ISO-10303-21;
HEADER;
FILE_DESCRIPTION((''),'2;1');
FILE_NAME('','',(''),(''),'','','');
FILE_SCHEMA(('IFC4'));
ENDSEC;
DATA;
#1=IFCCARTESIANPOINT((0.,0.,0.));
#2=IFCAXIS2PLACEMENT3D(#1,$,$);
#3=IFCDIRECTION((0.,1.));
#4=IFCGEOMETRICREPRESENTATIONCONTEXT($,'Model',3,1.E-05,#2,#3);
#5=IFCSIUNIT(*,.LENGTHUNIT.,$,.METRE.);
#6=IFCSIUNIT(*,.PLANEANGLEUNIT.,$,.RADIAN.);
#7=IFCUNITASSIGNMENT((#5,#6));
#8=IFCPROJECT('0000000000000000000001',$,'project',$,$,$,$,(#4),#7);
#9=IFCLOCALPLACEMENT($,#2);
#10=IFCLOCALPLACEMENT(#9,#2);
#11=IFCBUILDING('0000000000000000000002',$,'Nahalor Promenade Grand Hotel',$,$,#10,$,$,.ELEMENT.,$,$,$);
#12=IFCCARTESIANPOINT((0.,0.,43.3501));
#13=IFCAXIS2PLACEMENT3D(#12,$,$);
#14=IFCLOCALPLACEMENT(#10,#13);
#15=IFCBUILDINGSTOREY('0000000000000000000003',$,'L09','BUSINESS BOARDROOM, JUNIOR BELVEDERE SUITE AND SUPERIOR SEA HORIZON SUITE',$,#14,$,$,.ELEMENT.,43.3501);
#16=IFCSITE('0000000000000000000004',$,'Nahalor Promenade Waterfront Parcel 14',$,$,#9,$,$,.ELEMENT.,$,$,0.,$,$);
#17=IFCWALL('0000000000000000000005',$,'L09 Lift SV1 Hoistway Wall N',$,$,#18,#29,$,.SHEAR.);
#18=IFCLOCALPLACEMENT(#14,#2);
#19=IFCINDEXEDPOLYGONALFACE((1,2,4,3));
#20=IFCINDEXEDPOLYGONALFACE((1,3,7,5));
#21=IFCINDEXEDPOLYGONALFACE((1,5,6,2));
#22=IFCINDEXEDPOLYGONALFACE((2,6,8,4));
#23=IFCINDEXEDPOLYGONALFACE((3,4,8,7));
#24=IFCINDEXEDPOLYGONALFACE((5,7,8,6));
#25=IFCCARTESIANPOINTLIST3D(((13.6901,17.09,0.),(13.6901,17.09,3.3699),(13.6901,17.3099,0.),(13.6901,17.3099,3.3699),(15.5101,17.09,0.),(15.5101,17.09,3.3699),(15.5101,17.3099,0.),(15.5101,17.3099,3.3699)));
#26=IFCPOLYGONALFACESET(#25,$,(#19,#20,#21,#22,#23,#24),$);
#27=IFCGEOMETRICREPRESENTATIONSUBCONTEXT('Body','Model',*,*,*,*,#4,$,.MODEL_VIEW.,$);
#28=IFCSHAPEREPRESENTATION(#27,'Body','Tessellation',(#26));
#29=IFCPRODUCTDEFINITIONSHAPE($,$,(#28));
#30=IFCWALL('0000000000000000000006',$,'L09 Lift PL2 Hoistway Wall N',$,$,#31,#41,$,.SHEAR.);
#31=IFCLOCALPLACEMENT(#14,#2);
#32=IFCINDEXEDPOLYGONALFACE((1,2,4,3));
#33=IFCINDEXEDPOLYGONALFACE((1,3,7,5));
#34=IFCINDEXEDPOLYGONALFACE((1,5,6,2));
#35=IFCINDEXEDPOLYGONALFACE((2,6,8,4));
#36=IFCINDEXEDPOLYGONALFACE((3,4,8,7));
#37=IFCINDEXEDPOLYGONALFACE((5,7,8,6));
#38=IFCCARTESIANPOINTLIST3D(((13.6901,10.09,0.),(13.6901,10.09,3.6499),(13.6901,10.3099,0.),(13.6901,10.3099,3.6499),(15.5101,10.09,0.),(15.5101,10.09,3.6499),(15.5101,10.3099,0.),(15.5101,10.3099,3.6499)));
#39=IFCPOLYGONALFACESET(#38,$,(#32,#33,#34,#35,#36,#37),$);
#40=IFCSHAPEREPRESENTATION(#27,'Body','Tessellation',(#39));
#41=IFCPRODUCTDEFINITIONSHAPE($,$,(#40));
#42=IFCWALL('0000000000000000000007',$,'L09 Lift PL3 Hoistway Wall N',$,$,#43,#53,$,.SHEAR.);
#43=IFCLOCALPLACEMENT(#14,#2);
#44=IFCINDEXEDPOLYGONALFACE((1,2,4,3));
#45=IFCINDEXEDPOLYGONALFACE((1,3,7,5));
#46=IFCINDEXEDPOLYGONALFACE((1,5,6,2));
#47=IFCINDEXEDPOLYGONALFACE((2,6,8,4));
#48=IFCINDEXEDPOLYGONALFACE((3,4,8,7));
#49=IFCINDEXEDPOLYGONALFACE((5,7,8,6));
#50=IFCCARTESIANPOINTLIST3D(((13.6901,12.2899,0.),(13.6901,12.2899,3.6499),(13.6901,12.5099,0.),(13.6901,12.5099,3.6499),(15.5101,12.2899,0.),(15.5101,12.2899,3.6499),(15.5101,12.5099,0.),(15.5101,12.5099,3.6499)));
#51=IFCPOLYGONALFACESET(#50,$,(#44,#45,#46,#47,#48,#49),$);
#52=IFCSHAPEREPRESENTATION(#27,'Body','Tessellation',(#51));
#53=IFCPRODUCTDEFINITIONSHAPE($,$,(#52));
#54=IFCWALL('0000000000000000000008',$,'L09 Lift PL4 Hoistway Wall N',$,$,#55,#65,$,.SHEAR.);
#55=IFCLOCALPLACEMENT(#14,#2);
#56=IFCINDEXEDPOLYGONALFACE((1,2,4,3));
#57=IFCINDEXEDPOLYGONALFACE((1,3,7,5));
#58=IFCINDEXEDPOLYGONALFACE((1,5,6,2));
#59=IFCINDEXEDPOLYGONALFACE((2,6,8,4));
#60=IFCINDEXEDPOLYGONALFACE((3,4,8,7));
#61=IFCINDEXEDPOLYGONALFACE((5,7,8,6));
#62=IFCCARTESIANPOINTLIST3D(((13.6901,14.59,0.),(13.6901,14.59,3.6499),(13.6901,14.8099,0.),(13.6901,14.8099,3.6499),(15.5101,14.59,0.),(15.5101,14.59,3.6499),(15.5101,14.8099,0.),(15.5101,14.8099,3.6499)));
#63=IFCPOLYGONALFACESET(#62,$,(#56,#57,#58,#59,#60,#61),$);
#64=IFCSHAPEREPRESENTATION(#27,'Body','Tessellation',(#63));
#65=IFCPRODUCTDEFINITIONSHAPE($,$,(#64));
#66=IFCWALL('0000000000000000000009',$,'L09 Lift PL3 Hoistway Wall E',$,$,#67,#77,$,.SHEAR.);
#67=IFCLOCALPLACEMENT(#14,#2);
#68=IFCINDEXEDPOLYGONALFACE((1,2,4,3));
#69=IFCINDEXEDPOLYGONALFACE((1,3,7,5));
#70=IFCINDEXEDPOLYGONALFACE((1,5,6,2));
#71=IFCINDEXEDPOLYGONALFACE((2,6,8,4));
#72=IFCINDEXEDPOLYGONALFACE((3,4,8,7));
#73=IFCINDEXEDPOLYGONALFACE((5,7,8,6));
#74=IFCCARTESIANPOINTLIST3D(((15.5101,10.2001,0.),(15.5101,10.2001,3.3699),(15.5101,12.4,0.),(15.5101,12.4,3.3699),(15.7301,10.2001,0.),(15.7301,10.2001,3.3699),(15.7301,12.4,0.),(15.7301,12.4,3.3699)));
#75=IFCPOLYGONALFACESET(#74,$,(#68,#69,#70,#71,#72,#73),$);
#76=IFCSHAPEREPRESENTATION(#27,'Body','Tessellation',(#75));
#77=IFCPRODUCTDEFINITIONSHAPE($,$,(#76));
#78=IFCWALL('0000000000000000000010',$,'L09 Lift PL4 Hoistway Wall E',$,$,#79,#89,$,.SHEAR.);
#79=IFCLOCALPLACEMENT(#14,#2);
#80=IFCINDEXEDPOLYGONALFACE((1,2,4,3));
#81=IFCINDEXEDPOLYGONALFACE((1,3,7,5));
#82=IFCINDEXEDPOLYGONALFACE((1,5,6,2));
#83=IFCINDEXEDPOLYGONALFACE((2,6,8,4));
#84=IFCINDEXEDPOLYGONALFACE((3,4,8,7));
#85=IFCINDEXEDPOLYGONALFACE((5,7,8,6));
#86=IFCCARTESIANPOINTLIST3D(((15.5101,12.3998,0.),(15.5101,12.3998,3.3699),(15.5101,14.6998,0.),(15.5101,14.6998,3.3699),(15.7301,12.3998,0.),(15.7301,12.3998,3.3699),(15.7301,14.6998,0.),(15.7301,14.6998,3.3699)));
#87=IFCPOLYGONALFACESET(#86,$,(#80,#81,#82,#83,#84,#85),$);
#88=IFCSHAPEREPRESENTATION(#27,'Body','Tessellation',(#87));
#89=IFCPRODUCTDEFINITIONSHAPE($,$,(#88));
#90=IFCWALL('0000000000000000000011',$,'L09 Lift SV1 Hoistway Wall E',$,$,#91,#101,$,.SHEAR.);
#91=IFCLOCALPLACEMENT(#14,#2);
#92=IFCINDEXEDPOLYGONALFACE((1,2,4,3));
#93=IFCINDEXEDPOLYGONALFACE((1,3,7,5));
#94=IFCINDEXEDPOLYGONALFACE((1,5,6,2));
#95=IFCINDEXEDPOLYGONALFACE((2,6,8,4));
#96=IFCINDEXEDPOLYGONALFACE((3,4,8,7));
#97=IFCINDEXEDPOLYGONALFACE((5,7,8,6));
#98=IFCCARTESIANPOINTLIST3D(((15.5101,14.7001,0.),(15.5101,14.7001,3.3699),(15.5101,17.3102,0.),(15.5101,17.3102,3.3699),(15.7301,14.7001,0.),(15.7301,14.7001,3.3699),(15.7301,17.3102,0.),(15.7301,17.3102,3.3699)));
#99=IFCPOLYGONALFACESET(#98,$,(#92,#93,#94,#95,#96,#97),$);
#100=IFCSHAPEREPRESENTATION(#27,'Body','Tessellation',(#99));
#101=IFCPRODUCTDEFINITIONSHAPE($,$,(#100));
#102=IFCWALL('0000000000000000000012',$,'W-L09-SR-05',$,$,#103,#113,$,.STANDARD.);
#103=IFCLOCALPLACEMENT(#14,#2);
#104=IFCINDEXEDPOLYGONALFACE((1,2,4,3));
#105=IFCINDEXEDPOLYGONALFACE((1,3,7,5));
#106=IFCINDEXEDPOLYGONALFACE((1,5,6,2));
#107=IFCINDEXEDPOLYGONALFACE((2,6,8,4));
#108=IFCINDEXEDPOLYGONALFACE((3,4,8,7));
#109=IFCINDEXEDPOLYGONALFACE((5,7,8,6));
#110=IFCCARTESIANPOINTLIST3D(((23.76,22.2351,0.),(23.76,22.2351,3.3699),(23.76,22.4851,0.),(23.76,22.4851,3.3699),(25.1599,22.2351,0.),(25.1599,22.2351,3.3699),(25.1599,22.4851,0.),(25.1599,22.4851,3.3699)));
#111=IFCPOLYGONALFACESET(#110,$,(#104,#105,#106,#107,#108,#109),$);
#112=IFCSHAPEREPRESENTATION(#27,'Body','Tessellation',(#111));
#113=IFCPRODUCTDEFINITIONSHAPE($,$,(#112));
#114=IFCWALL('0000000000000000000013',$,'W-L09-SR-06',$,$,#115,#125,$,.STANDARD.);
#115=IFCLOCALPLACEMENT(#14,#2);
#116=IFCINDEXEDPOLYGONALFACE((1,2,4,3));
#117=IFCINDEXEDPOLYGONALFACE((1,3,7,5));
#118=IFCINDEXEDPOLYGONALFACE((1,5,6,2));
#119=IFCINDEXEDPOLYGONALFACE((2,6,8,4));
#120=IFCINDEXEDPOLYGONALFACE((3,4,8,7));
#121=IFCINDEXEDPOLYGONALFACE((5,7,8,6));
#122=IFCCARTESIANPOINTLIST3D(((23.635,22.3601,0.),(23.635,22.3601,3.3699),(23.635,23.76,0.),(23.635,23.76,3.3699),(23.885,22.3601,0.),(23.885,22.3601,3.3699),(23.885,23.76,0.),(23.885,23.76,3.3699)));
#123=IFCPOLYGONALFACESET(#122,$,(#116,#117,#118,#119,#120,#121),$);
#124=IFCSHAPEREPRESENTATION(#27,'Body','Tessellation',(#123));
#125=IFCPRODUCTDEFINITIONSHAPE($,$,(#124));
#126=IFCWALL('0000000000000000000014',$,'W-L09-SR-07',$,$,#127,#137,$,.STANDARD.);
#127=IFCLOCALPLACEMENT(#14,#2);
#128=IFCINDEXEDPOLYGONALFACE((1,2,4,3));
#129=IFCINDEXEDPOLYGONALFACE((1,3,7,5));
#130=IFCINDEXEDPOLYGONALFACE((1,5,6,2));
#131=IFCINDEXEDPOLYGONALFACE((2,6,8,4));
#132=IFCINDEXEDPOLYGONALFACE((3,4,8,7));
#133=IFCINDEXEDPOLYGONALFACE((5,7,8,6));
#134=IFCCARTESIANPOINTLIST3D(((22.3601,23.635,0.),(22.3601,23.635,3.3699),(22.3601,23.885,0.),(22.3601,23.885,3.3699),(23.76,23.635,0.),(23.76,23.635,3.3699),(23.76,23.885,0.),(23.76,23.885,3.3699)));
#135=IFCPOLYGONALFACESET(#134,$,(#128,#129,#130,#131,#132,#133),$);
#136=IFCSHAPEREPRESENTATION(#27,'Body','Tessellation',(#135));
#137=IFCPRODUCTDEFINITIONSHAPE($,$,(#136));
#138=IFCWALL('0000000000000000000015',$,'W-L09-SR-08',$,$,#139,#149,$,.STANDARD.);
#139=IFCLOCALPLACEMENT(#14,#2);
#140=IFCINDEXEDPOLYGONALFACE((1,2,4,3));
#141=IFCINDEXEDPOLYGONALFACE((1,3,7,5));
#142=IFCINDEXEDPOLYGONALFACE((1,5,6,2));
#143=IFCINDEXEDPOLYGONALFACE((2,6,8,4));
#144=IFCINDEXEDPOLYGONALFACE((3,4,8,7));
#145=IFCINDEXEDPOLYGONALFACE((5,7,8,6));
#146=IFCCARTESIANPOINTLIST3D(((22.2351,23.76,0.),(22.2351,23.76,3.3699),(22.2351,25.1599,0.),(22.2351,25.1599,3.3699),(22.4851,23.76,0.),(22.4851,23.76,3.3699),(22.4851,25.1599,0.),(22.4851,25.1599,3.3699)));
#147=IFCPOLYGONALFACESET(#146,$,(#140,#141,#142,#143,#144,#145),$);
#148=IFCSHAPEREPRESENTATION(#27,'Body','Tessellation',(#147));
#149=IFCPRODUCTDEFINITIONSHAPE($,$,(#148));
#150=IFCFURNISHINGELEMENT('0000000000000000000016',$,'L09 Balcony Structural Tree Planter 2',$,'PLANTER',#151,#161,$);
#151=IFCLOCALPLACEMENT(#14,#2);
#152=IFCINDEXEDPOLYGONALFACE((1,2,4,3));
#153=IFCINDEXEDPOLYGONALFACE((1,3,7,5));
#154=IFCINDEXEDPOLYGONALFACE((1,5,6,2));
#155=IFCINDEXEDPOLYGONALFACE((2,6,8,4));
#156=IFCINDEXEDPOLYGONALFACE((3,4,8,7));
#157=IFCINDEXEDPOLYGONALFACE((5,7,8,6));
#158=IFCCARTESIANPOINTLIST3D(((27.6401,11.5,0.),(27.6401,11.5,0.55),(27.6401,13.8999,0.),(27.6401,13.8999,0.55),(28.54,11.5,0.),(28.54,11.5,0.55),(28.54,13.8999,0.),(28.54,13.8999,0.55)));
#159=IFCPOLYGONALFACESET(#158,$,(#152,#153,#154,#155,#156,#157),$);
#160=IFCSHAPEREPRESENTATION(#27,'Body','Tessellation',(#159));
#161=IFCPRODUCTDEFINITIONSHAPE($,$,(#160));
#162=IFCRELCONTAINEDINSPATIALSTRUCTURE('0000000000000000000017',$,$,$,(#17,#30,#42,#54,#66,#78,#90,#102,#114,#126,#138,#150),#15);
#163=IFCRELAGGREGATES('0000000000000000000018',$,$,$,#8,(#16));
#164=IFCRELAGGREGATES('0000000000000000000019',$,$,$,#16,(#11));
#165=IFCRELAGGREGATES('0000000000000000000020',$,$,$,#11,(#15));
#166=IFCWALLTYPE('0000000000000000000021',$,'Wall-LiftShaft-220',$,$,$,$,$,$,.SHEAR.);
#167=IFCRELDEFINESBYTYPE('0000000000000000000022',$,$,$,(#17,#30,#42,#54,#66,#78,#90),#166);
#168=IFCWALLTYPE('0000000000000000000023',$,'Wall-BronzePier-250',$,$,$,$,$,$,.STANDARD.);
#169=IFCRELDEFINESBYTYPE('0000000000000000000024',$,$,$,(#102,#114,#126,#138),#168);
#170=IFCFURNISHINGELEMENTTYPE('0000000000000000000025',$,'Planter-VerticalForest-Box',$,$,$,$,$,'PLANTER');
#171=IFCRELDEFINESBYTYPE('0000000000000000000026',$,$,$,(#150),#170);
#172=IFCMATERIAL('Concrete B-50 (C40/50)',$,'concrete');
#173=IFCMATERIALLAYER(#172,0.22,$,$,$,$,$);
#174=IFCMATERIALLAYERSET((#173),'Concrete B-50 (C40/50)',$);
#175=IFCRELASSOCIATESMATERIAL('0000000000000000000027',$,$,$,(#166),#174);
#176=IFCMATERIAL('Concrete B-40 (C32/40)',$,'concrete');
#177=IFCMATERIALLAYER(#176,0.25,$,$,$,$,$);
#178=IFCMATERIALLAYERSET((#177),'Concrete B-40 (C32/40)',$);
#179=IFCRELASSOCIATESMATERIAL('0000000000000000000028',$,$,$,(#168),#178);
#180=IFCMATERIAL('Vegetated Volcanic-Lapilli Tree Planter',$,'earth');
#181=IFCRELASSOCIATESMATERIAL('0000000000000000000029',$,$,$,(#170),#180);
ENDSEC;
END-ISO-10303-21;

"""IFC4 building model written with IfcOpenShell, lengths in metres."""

from ifc_helpers import new_model, si_unit, direction, frame, frame_2d, origin, origin_2d, place, context, subcontext, project, spatial, rectangle, extrude, source, transform, mapped, material, layer, layer_set, type_object, element, save


model = new_model("IFC4")

# Units and contexts
model_context = context("Model", 3, precision=1e-05, world=origin(), true_north=direction((0.0, 1.0)))
body_context = subcontext(model_context, "Body", "Model", "MODEL_VIEW")
ifc_project = project(units=[si_unit("LENGTHUNIT", "METRE"), si_unit("PLANEANGLEUNIT", "RADIAN")], contexts=[model_context])

# Site, building, storey
site_placement = place(None, origin())
site = spatial("IfcSite", under=ifc_project, at=site_placement, Name="Nahalor Promenade Waterfront Parcel 14", CompositionType="ELEMENT", RefElevation=0.0)
building_placement = place(site_placement, origin())
building = spatial("IfcBuilding", under=site, at=building_placement, Name="Nahalor Promenade Grand Hotel", CompositionType="ELEMENT")
storey_placement = place(building_placement, frame((0.0, 0.0, 43.3501)))
storey = spatial("IfcBuildingStorey", under=building, at=storey_placement, Name="L09", Description="BUSINESS BOARDROOM, JUNIOR BELVEDERE SUITE AND SUPERIOR SEA HORIZON SUITE", CompositionType="ELEMENT", Elevation=43.3501)

# Walls
ifc_material_1 = material(Name="Concrete B-50 (C40/50)", Category="concrete")
ifc_layer_1 = layer(ifc_material_1, 0.22)
ifc_layer_set_1 = layer_set([ifc_layer_1], Name="Concrete B-50 (C40/50)")
wall_type_1 = type_object("IfcWallType", Name="Wall-LiftShaft-220", PredefinedType="SHEAR", material=ifc_layer_set_1)
shared_shape_1 = source(origin(), body_context, "Body", "SweptSolid", [
    extrude(rectangle(XDim=1.8201, YDim=0.22, at=frame_2d((0.9102, 0.0))), origin(), (0.0, 0.0, 1.0), 3.3699),
])
wall_1_placement = place(storey_placement, frame((13.6899, 17.2, 0.0), z_axis=(0.0, 0.0, 1.0), x_axis=(1.0, 0.0, 0.0)))
element("IfcWall", 1, at=wall_1_placement, inside=storey, type_object=wall_type_1, Name="L09 Lift SV1 Hoistway Wall N", PredefinedType="SHEAR", context=body_context, shape_type="MappedRepresentation", body=[
    mapped(shared_shape_1, transform((0.0, 0.0, 0.0), scale=1.0)),
])
shared_shape_2 = source(origin(), body_context, "Body", "SweptSolid", [
    extrude(rectangle(XDim=1.8201, YDim=0.22, at=frame_2d((0.9102, 0.0))), origin(), (0.0, 0.0, 1.0), 3.6499),
])
for number, where, z_axis, x_axis, name in (
    (2, (13.6899, 10.2, 0.0), (0.0, 0.0, 1.0), (1.0, 0.0, 0.0), "L09 Lift PL2 Hoistway Wall N"),
    (3, (13.6899, 12.3999, 0.0), (0.0, 0.0, 1.0), (1.0, 0.0, 0.0), "L09 Lift PL3 Hoistway Wall N"),
    (4, (13.6899, 14.7, 0.0), (0.0, 0.0, 1.0), (1.0, 0.0, 0.0), "L09 Lift PL4 Hoistway Wall N"),
):
    element("IfcWall", number, at=place(storey_placement, frame(where, z_axis=z_axis, x_axis=x_axis)), inside=storey, type_object=wall_type_1, Name=name, PredefinedType="SHEAR", context=body_context, shape_type="MappedRepresentation", body=[
        mapped(shared_shape_2, transform((0.0, 0.0, 0.0), scale=1.0)),
    ])
shared_shape_3 = source(origin(), body_context, "Body", "SweptSolid", [
    extrude(rectangle(XDim=2.2, YDim=0.22, at=frame_2d((1.1001, 0.0))), origin(), (0.0, 0.0, 1.0), 3.3699),
])
wall_2_placement = place(storey_placement, frame((15.6201, 10.2, 0.0), z_axis=(0.0, 0.0, 1.0), x_axis=(0.0, 1.0, 0.0)))
element("IfcWall", 5, at=wall_2_placement, inside=storey, type_object=wall_type_1, Name="L09 Lift PL3 Hoistway Wall E", PredefinedType="SHEAR", context=body_context, shape_type="MappedRepresentation", body=[
    mapped(shared_shape_3, transform((0.0, 0.0, 0.0), scale=1.0)),
])
shared_shape_4 = source(origin(), body_context, "Body", "SweptSolid", [
    extrude(rectangle(XDim=2.3, YDim=0.22, at=frame_2d((1.1499, 0.0))), origin(), (0.0, 0.0, 1.0), 3.3699),
])
wall_3_placement = place(storey_placement, frame((15.6201, 12.3999, 0.0), z_axis=(0.0, 0.0, 1.0), x_axis=(0.0, 1.0, 0.0)))
element("IfcWall", 6, at=wall_3_placement, inside=storey, type_object=wall_type_1, Name="L09 Lift PL4 Hoistway Wall E", PredefinedType="SHEAR", context=body_context, shape_type="MappedRepresentation", body=[
    mapped(shared_shape_4, transform((0.0, 0.0, 0.0), scale=1.0)),
])
shared_shape_5 = source(origin(), body_context, "Body", "SweptSolid", [
    extrude(rectangle(XDim=2.6101, YDim=0.22, at=frame_2d((1.3052, 0.0))), origin(), (0.0, 0.0, 1.0), 3.3699),
])
wall_4_placement = place(storey_placement, frame((15.6201, 14.7, 0.0), z_axis=(0.0, 0.0, 1.0), x_axis=(0.0, 1.0, 0.0)))
element("IfcWall", 7, at=wall_4_placement, inside=storey, type_object=wall_type_1, Name="L09 Lift SV1 Hoistway Wall E", PredefinedType="SHEAR", context=body_context, shape_type="MappedRepresentation", body=[
    mapped(shared_shape_5, transform((0.0, 0.0, 0.0), scale=1.0)),
])
ifc_material_2 = material(Name="Concrete B-40 (C32/40)", Category="concrete")
ifc_layer_2 = layer(ifc_material_2, 0.25)
ifc_layer_set_2 = layer_set([ifc_layer_2], Name="Concrete B-40 (C32/40)")
wall_type_2 = type_object("IfcWallType", Name="Wall-BronzePier-250", PredefinedType="STANDARD", material=ifc_layer_set_2)
shared_shape_6 = source(origin(), body_context, "Body", "SweptSolid", [
    extrude(rectangle(XDim=1.3999, YDim=0.25, at=frame_2d((0.7, 0.0))), origin(), (0.0, 0.0, 1.0), 3.3699),
])
for number, where, z_axis, x_axis, name in (
    (8, (23.76, 22.3601, 0.0), (0.0, 0.0, 1.0), (1.0, 0.0, 0.0), "W-L09-SR-05"),
    (9, (23.76, 22.3601, 0.0), (0.0, 0.0, 1.0), (0.0, 1.0, 0.0), "W-L09-SR-06"),
    (10, (22.3601, 23.76, 0.0), (0.0, 0.0, 1.0), (1.0, 0.0, 0.0), "W-L09-SR-07"),
    (11, (22.3601, 23.76, 0.0), (0.0, 0.0, 1.0), (0.0, 1.0, 0.0), "W-L09-SR-08"),
):
    element("IfcWall", number, at=place(storey_placement, frame(where, z_axis=z_axis, x_axis=x_axis)), inside=storey, type_object=wall_type_2, Name=name, PredefinedType="STANDARD", context=body_context, shape_type="MappedRepresentation", body=[
        mapped(shared_shape_6, transform((0.0, 0.0, 0.0), scale=1.0)),
    ])

# Furnishing element
ifc_material_3 = material(Name="Vegetated Volcanic-Lapilli Tree Planter", Category="earth")
furnishing_element_type = type_object("IfcFurnishingElementType", Name="Planter-VerticalForest-Box", ElementType="PLANTER", material=ifc_material_3)
shared_shape_7 = source(origin(), body_context, "Body", "SweptSolid", [
    extrude(rectangle(XDim=2.3999, YDim=0.8999, at=origin_2d()), origin(), (0.0, 0.0, 1.0), 0.55),
])
furnishing_placement = place(storey_placement, frame((28.0901, 12.7, 0.0), z_axis=(0.0, 0.0, 1.0), x_axis=(0.0, 1.0, 0.0)))
element("IfcFurnishingElement", 12, at=furnishing_placement, inside=storey, type_object=furnishing_element_type, Name="L09 Balcony Structural Tree Planter 2", ObjectType="PLANTER", context=body_context, shape_type="MappedRepresentation", body=[
    mapped(shared_shape_7, transform((0.0, 0.0, 0.0), scale=1.0)),
])

save(model, "model.ifc")
